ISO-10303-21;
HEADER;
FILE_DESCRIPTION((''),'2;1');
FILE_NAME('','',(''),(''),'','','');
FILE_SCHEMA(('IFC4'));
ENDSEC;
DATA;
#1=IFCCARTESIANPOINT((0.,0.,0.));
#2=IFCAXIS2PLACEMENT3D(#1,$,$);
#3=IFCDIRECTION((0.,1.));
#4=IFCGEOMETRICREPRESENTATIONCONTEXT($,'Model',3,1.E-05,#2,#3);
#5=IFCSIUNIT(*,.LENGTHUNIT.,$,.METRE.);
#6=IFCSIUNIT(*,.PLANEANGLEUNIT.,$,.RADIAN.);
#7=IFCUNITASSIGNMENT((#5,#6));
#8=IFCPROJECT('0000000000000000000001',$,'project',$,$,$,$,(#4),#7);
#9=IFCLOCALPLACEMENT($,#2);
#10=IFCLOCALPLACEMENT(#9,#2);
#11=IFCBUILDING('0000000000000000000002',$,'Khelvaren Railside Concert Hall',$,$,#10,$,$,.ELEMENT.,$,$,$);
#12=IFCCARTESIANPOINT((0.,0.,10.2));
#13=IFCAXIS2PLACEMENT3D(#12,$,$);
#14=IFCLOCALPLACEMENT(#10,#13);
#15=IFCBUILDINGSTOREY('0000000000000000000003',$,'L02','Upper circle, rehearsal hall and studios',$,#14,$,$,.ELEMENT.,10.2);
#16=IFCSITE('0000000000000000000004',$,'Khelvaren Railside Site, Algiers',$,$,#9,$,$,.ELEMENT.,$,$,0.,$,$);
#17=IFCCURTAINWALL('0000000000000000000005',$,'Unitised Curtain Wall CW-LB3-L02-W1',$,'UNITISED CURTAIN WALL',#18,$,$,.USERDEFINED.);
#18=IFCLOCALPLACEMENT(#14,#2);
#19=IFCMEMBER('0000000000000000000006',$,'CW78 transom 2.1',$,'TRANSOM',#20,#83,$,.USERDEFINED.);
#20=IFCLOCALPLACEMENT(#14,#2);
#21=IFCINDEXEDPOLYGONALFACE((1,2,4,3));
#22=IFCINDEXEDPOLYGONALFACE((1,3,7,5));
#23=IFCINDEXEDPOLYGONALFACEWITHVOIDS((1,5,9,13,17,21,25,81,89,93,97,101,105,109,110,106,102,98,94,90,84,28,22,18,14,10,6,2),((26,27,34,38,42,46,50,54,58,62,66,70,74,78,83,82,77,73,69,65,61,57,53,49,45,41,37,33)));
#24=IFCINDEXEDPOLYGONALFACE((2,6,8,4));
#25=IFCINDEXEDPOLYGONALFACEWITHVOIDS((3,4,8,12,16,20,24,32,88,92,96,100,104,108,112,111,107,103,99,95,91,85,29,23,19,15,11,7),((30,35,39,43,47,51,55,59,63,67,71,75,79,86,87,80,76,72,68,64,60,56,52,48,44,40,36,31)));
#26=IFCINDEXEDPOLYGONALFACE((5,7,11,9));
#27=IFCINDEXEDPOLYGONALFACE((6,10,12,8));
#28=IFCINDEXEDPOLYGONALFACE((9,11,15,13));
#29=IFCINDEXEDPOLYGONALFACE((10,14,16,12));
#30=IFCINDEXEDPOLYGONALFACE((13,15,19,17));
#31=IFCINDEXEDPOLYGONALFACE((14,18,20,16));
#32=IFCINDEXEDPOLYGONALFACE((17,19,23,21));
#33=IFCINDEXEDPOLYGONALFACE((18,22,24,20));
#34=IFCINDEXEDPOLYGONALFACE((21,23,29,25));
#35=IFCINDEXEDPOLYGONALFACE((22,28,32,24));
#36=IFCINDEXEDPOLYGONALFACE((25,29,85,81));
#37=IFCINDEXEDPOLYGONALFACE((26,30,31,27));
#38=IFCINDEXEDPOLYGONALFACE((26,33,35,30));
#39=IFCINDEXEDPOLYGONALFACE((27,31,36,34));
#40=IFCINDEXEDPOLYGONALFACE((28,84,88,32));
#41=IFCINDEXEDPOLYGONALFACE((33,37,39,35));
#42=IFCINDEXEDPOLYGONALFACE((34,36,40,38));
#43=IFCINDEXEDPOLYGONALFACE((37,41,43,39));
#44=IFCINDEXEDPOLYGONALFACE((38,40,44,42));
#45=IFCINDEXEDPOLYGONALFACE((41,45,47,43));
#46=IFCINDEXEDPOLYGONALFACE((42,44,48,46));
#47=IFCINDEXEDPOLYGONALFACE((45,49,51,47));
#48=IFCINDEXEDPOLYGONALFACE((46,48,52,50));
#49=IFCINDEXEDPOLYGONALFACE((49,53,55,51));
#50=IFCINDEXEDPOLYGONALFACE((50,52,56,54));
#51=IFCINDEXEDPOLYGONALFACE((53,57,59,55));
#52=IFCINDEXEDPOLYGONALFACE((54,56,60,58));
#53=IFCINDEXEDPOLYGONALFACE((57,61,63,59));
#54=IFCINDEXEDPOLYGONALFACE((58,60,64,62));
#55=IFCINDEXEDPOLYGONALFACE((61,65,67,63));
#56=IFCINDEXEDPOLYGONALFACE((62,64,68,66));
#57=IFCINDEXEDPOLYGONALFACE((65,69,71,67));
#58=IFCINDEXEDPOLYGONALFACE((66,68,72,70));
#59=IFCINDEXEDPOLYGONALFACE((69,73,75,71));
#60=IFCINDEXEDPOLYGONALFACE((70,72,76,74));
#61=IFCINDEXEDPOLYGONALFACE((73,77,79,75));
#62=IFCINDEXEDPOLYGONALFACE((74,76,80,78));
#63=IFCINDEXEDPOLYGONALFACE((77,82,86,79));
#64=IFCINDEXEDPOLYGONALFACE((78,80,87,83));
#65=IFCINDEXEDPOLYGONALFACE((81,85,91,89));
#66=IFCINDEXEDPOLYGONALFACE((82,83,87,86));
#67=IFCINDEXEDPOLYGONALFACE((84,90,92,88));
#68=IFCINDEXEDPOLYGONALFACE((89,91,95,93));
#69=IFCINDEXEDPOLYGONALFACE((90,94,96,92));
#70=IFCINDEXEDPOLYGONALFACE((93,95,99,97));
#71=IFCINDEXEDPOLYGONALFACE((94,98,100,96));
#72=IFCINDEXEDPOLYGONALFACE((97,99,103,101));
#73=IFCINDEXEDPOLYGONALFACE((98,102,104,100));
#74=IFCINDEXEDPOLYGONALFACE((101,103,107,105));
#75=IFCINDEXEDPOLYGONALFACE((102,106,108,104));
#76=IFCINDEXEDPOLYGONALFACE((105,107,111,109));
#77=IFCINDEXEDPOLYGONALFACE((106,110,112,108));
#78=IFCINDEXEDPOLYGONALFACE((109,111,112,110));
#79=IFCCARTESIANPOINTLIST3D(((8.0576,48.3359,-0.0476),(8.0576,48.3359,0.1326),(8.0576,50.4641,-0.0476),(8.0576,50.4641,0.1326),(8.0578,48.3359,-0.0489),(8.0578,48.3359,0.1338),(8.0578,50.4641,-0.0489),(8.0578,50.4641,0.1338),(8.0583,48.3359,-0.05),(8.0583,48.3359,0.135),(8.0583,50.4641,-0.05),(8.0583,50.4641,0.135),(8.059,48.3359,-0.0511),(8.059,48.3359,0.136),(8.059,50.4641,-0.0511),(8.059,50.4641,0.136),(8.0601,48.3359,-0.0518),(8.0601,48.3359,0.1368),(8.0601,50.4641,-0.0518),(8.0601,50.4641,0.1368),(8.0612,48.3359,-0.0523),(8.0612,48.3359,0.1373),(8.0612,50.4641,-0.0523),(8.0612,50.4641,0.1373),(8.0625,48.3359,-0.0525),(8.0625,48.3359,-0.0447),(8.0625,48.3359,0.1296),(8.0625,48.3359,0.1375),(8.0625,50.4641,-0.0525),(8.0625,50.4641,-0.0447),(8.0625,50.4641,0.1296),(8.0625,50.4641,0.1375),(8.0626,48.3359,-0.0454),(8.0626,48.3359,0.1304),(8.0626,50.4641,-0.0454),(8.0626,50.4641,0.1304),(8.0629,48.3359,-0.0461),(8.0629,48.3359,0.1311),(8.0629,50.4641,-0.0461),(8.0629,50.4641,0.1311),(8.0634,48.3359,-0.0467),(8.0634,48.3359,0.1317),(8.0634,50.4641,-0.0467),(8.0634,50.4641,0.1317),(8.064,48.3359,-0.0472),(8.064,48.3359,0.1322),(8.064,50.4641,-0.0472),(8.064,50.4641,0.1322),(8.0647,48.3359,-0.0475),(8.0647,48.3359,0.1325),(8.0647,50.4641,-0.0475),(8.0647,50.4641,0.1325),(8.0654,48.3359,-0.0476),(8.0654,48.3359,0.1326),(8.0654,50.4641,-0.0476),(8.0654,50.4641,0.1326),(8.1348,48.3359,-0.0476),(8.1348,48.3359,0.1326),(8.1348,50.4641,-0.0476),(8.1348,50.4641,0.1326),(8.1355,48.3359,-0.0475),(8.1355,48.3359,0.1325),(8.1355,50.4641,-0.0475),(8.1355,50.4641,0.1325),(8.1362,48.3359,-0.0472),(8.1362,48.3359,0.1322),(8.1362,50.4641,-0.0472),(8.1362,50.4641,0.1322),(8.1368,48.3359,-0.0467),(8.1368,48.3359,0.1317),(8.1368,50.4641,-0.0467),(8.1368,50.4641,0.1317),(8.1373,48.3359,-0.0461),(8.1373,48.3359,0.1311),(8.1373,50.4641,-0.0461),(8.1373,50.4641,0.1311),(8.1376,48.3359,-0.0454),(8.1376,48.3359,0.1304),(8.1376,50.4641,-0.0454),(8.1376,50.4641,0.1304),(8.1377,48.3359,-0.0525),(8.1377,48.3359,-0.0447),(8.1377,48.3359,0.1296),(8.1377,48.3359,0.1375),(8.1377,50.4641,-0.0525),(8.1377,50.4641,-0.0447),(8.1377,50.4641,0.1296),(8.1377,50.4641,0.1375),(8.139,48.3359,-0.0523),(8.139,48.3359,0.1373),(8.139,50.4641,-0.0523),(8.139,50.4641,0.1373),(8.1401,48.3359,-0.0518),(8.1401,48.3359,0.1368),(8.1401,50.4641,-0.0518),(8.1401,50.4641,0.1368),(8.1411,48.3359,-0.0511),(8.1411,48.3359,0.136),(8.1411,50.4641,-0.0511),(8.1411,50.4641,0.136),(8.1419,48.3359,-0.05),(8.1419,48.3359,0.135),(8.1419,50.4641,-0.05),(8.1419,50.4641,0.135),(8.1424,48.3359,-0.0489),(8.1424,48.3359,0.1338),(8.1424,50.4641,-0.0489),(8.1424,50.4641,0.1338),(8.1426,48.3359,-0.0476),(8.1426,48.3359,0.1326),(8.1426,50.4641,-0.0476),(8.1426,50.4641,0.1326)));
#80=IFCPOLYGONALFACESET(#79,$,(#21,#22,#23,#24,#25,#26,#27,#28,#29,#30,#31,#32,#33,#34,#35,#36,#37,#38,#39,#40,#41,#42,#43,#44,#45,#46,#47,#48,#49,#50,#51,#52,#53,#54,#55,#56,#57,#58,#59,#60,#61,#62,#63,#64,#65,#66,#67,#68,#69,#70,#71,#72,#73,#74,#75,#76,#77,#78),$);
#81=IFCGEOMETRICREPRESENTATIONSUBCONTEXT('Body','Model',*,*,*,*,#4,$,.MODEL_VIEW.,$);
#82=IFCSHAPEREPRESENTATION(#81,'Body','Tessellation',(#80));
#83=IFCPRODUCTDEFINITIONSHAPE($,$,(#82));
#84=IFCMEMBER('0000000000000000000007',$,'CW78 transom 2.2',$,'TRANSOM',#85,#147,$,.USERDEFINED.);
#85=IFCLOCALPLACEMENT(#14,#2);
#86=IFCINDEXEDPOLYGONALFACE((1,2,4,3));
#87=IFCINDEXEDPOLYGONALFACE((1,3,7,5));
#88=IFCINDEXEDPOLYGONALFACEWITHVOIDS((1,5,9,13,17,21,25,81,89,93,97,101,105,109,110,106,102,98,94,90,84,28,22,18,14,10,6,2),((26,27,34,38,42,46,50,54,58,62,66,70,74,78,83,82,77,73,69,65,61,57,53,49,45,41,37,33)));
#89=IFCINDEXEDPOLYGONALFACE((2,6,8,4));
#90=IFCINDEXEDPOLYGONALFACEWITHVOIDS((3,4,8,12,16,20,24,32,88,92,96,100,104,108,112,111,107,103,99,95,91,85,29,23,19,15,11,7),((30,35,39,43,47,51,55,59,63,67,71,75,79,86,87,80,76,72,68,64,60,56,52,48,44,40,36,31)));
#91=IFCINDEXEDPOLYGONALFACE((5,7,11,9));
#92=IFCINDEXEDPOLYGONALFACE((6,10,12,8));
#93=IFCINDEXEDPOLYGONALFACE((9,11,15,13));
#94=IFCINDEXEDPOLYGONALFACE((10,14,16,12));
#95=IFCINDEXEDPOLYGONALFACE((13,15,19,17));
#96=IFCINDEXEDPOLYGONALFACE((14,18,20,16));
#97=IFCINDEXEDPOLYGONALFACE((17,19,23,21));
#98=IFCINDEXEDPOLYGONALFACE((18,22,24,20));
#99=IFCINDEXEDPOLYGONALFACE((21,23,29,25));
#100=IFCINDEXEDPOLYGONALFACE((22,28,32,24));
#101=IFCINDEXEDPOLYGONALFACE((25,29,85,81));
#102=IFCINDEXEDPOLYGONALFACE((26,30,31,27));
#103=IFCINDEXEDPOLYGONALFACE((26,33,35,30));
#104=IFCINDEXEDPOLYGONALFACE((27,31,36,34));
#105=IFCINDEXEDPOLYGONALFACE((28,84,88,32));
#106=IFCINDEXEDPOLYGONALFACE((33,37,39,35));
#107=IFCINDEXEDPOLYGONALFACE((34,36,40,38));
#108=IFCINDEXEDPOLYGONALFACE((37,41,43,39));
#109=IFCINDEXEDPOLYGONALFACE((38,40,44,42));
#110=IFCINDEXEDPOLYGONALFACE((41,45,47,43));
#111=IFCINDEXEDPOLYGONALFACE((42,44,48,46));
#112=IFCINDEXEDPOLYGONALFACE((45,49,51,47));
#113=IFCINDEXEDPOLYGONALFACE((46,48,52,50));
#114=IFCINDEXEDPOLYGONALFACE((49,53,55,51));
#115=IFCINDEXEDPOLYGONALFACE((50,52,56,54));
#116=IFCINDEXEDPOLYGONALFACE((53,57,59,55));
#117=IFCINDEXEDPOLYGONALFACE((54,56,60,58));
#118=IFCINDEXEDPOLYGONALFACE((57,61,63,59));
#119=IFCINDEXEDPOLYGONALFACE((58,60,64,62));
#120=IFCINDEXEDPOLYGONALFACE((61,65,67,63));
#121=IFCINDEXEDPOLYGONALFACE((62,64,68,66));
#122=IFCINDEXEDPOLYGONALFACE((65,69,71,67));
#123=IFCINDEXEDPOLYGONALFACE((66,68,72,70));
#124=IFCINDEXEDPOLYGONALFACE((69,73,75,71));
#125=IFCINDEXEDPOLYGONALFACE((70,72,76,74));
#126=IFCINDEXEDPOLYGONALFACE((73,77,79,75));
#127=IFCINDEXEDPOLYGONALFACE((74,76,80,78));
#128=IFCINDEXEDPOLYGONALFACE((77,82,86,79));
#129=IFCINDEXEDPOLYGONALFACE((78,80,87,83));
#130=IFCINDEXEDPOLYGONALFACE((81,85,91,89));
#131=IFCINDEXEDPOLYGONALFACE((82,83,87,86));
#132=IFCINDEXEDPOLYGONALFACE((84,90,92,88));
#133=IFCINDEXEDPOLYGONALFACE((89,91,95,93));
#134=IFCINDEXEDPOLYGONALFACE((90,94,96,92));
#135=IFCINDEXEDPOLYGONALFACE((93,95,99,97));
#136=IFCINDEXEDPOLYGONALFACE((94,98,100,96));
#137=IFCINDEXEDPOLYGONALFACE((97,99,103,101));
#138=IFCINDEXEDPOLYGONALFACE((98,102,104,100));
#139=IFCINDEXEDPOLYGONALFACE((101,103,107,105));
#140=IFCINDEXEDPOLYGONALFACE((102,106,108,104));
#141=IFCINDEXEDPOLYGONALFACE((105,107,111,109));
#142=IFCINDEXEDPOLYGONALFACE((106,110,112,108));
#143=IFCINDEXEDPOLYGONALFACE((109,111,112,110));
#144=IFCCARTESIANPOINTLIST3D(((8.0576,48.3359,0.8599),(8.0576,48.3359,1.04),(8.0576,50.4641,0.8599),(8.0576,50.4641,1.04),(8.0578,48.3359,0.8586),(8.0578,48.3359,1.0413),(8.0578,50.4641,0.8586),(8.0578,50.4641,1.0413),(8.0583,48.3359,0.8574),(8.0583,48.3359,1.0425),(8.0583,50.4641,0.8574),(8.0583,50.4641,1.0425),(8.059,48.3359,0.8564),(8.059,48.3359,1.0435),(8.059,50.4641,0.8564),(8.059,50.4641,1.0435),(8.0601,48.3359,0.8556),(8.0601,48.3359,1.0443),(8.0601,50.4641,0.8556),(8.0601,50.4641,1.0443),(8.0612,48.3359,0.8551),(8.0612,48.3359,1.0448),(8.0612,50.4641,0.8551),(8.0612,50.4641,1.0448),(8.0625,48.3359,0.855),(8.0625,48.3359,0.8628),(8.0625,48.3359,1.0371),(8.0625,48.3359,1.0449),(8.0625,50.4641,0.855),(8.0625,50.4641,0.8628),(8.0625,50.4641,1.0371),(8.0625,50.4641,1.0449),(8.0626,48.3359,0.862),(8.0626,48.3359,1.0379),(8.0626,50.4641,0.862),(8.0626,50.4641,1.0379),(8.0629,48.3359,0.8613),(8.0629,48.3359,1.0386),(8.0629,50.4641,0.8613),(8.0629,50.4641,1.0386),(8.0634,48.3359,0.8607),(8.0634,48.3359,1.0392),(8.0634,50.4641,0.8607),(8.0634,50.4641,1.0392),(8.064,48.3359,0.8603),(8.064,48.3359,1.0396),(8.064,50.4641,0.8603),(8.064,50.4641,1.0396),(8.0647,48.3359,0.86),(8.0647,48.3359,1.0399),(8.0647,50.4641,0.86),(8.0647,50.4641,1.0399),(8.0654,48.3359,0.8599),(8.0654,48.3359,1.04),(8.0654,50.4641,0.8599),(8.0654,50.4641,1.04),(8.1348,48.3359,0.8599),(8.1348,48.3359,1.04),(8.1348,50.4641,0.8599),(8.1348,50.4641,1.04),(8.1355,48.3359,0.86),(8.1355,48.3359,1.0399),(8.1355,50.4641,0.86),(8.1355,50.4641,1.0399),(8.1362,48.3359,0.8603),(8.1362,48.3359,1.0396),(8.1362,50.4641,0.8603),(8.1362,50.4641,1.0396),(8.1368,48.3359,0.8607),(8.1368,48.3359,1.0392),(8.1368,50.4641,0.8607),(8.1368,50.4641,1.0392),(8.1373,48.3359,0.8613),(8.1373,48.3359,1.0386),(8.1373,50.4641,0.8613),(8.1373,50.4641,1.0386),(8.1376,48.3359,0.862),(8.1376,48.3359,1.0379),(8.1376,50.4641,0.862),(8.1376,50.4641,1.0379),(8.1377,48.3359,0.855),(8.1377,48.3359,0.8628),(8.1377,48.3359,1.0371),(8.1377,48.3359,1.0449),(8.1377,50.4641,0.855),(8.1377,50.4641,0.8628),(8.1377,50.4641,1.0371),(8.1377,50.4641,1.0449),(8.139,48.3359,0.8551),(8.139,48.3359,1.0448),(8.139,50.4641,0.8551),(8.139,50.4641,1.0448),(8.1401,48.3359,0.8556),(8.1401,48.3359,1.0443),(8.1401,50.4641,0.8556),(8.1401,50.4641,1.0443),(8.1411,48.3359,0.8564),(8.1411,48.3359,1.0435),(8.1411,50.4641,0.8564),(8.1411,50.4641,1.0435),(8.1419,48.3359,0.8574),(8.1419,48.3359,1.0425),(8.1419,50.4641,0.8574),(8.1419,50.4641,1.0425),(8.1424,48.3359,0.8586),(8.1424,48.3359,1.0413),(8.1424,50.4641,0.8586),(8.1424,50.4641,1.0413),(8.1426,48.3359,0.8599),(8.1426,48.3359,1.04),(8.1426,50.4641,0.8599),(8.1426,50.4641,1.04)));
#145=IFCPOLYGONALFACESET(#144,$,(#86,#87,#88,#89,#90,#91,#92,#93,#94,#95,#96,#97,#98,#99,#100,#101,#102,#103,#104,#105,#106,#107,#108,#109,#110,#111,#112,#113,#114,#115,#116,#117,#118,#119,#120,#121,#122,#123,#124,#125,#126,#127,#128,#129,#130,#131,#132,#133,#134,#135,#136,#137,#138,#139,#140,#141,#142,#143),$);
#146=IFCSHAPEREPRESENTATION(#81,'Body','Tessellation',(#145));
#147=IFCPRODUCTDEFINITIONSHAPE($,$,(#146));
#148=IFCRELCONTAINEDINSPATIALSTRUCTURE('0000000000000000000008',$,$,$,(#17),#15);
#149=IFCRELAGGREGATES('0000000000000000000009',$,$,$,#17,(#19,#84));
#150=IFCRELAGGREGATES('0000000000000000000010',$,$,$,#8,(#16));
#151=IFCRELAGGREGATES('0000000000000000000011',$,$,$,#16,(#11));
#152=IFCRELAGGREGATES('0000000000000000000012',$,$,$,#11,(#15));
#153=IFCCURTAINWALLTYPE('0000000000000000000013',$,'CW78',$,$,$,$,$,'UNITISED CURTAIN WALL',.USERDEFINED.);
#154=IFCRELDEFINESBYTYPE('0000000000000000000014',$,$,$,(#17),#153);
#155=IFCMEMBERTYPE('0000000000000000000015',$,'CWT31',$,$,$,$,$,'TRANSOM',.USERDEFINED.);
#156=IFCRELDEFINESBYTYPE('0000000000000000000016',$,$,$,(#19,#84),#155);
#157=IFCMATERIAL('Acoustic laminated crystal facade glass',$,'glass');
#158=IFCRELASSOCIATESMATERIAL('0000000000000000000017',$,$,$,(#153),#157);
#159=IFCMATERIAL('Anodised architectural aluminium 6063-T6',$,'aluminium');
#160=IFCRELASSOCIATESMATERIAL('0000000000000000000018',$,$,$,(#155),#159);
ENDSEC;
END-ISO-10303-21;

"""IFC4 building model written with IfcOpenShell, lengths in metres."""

from ifc_helpers import new_model, si_unit, direction, frame, origin, origin_2d, place, context, subcontext, project, spatial, hollow_rectangle, extrude, material, material_profile, profile_set, type_object, element, aggregate, save


model = new_model("IFC4")

# Units and contexts
model_context = context("Model", 3, precision=1e-05, world=origin(), true_north=direction((0.0, 1.0)))
body_context = subcontext(model_context, "Body", "Model", "MODEL_VIEW")
ifc_project = project(units=[si_unit("LENGTHUNIT", "METRE"), si_unit("PLANEANGLEUNIT", "RADIAN")], contexts=[model_context])

# Site, building, storey
site_placement = place(None, origin())
site = spatial("IfcSite", under=ifc_project, at=site_placement, Name="Khelvaren Railside Site, Algiers", CompositionType="ELEMENT", RefElevation=0.0)
building_placement = place(site_placement, origin())
building = spatial("IfcBuilding", under=site, at=building_placement, Name="Khelvaren Railside Concert Hall", CompositionType="ELEMENT")
storey_placement = place(building_placement, frame((0.0, 0.0, 10.2)))
storey = spatial("IfcBuildingStorey", under=building, at=storey_placement, Name="L02", Description="Upper circle, rehearsal hall and studios", CompositionType="ELEMENT", Elevation=10.2)

# Curtain wall, members
ifc_material_1 = material(Name="Acoustic laminated crystal facade glass", Category="glass")
curtain_wall_type = type_object("IfcCurtainWallType", Name="CW78", ElementType="UNITISED CURTAIN WALL", PredefinedType="USERDEFINED", material=ifc_material_1)
curtain_wall_placement = place(storey_placement, origin())
curtain_wall = element("IfcCurtainWall", 1, at=curtain_wall_placement, inside=storey, type_object=curtain_wall_type, Name="Unitised Curtain Wall CW-LB3-L02-W1", ObjectType="UNITISED CURTAIN WALL", PredefinedType="USERDEFINED")
ifc_material_2 = material(Name="Anodised architectural aluminium 6063-T6", Category="aluminium")
ifc_material_profile_1 = material_profile(ifc_material_2, hollow_rectangle(XDim=0.085, YDim=0.1899, WallThickness=0.0049, InnerFilletRadius=0.0029, OuterFilletRadius=0.0049, at=origin_2d()), Name="CWT 85x190x5")
ifc_profile_set_1 = profile_set([ifc_material_profile_1], Name="Anodised architectural aluminium 6063-T6")
member_type_1 = type_object("IfcMemberType", Name="CWT31", ElementType="TRANSOM", PredefinedType="USERDEFINED", material=ifc_profile_set_1)
member_1_placement = place(storey_placement, frame((8.1001, 48.3359, 0.0425), z_axis=(0.0, 1.0, 0.0), x_axis=(-1.0, 0.0, 0.0)))
member_1 = element("IfcMember", 2, at=member_1_placement, type_object=member_type_1, Name="CW78 transom 2.1", ObjectType="TRANSOM", PredefinedType="USERDEFINED", context=body_context, shape_type="SweptSolid", body=[
    extrude(hollow_rectangle(XDim=0.085, YDim=0.1899, WallThickness=0.0049, InnerFilletRadius=0.0029, OuterFilletRadius=0.0049, at=origin_2d()), origin(), (0.0, 0.0, 1.0), 2.1282),
])
member_2_placement = place(storey_placement, frame((8.1001, 48.3359, 0.95), z_axis=(0.0, 1.0, 0.0), x_axis=(-1.0, 0.0, 0.0)))
member_2 = element("IfcMember", 3, at=member_2_placement, type_object=member_type_1, Name="CW78 transom 2.2", ObjectType="TRANSOM", PredefinedType="USERDEFINED", context=body_context, shape_type="SweptSolid", body=[
    extrude(hollow_rectangle(XDim=0.085, YDim=0.1899, WallThickness=0.0049, InnerFilletRadius=0.0029, OuterFilletRadius=0.0049, at=origin_2d()), origin(), (0.0, 0.0, 1.0), 2.1282),
])

aggregate(curtain_wall, [member_1, member_2])

save(model, "model.ifc")
